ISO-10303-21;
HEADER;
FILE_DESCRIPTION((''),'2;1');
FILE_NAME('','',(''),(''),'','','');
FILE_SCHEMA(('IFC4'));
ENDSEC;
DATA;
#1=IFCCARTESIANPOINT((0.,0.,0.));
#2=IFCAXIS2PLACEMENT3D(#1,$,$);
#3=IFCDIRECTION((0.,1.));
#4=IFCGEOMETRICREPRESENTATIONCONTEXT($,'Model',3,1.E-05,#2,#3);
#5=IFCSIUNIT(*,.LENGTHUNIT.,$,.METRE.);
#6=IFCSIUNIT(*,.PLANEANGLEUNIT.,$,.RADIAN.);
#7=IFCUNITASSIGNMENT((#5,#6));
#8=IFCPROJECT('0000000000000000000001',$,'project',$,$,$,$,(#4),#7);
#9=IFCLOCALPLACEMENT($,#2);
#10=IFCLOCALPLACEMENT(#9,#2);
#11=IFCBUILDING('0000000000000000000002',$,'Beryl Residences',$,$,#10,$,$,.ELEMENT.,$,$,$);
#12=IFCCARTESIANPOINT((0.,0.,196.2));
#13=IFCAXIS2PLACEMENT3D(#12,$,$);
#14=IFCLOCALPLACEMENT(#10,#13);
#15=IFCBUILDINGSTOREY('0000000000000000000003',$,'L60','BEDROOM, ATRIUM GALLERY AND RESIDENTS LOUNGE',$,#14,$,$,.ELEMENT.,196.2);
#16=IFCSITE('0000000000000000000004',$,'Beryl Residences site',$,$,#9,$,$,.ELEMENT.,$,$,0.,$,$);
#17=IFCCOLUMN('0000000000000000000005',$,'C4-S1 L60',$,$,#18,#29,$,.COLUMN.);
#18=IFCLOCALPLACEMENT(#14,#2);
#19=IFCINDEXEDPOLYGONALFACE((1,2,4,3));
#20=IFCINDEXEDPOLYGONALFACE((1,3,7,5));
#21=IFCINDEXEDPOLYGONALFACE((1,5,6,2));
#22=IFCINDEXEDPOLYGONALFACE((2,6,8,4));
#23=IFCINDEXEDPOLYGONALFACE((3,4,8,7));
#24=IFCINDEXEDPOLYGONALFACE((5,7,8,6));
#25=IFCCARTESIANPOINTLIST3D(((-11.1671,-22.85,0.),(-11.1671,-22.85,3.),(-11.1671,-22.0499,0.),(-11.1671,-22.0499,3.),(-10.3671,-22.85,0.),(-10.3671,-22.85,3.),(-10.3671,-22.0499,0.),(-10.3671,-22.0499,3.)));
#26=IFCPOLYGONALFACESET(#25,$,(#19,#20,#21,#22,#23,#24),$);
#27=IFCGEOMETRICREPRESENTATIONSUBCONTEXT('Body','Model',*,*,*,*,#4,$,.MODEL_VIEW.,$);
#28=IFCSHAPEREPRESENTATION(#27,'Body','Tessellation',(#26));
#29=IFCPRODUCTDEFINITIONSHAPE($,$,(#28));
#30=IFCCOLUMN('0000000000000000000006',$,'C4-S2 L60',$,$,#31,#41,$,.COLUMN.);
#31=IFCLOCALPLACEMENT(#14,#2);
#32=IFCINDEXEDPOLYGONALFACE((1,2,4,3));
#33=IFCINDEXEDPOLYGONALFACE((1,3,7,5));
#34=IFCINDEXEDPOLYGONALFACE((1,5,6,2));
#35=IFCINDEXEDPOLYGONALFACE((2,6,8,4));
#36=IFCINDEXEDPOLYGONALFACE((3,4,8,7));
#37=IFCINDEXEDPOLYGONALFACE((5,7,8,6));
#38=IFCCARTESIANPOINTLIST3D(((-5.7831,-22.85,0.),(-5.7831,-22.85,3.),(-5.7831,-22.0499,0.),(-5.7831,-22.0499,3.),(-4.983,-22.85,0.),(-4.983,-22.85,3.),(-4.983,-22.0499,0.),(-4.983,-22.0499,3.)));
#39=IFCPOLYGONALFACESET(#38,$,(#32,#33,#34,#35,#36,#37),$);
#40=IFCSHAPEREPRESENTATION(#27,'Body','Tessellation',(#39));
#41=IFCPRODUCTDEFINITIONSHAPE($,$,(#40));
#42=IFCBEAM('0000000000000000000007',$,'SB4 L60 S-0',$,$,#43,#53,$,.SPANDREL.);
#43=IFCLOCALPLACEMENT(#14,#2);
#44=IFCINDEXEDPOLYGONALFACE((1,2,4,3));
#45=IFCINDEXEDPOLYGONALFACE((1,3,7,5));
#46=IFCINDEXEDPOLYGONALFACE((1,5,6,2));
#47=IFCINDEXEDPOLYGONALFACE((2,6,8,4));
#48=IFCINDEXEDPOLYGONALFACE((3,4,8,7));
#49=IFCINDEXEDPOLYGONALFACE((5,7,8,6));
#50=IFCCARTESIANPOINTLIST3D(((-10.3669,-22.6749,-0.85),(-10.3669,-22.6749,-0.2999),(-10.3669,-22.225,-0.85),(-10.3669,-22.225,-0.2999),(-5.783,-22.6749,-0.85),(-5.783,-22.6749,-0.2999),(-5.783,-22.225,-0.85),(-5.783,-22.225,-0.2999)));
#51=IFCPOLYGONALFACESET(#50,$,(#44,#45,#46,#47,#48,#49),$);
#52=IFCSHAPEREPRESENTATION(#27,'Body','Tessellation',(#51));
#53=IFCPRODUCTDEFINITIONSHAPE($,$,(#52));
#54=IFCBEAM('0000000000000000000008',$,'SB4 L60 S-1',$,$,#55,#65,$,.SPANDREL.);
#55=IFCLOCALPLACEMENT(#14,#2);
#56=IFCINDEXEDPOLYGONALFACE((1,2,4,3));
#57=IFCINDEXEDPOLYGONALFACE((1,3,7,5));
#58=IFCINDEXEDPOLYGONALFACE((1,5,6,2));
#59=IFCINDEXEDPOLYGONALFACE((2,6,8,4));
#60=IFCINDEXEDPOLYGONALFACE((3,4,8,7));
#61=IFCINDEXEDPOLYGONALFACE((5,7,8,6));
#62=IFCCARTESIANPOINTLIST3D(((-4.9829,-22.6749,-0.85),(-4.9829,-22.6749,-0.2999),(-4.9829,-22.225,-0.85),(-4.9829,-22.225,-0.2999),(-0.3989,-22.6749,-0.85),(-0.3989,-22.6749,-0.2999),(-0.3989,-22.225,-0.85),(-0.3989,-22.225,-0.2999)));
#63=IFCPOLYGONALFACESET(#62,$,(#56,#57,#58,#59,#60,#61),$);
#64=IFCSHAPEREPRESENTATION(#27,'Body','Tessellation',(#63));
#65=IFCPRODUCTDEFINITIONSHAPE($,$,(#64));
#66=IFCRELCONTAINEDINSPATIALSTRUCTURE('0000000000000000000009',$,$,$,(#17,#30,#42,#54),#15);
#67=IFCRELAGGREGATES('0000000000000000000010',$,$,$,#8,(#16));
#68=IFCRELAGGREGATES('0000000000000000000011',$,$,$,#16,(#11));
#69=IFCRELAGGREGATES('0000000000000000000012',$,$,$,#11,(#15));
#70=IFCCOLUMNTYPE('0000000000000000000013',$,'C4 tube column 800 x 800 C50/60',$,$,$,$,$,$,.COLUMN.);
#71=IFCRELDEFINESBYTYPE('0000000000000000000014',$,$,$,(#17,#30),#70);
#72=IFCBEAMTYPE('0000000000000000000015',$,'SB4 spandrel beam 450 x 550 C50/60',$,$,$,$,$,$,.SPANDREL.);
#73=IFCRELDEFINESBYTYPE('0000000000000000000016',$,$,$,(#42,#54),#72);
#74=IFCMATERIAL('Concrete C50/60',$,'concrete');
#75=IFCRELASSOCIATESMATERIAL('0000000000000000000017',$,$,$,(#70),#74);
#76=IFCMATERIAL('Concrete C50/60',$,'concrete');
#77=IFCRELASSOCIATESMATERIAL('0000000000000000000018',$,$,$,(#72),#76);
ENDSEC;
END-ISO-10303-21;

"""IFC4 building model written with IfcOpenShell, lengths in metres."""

from ifc_helpers import new_model, si_unit, direction, frame, origin, origin_2d, place, context, subcontext, project, spatial, rectangle, extrude, material, material_profile, profile_set, type_object, element, save


model = new_model("IFC4")

# Units and contexts
model_context = context("Model", 3, precision=1e-05, world=origin(), true_north=direction((0.0, 1.0)))
body_context = subcontext(model_context, "Body", "Model", "MODEL_VIEW")
ifc_project = project(units=[si_unit("LENGTHUNIT", "METRE"), si_unit("PLANEANGLEUNIT", "RADIAN")], contexts=[model_context])

# Site, building, storey
site_placement = place(None, origin())
site = spatial("IfcSite", under=ifc_project, at=site_placement, Name="Beryl Residences site", CompositionType="ELEMENT", RefElevation=0.0)
building_placement = place(site_placement, origin())
building = spatial("IfcBuilding", under=site, at=building_placement, Name="Beryl Residences", CompositionType="ELEMENT")
storey_placement = place(building_placement, frame((0.0, 0.0, 196.2)))
storey = spatial("IfcBuildingStorey", under=building, at=storey_placement, Name="L60", Description="BEDROOM, ATRIUM GALLERY AND RESIDENTS LOUNGE", CompositionType="ELEMENT", Elevation=196.2)

# Columns
ifc_material_1 = material(Name="Concrete C50/60", Category="concrete")
ifc_material_profile_1 = material_profile(ifc_material_1, rectangle(XDim=0.8, YDim=0.8, at=origin_2d()))
ifc_profile_set_1 = profile_set([ifc_material_profile_1], Name="Concrete C50/60")
column_type = type_object("IfcColumnType", Name="C4 tube column 800 x 800 C50/60", PredefinedType="COLUMN", material=ifc_profile_set_1)
for number, where, z_axis, x_axis, name in (
    (1, (-10.7671, -22.45, 0.0), (0.0, 0.0, 1.0), (1.0, 0.0, 0.0), "C4-S1 L60"),
    (2, (-5.3831, -22.45, 0.0), (0.0, 0.0, 1.0), (1.0, 0.0, 0.0), "C4-S2 L60"),
):
    element("IfcColumn", number, at=place(storey_placement, frame(where, z_axis=z_axis, x_axis=x_axis)), inside=storey, type_object=column_type, Name=name, PredefinedType="COLUMN", context=body_context, shape_type="SweptSolid", body=[
        extrude(rectangle(XDim=0.8, YDim=0.8, at=origin_2d()), origin(), (0.0, 0.0, 1.0), 3.0),
    ])

# Beams
ifc_material_2 = material(Name="Concrete C50/60", Category="concrete")
ifc_material_profile_2 = material_profile(ifc_material_2, rectangle(XDim=0.45, YDim=0.55, at=origin_2d()))
ifc_profile_set_2 = profile_set([ifc_material_profile_2], Name="Concrete C50/60")
beam_type = type_object("IfcBeamType", Name="SB4 spandrel beam 450 x 550 C50/60", PredefinedType="SPANDREL", material=ifc_profile_set_2)
for number, where, z_axis, x_axis, name in (
    (3, (-10.3669, -22.45, -0.575), (1.0, 0.0, 0.0), (0.0, 1.0, 0.0), "SB4 L60 S-0"),
    (4, (-4.9829, -22.45, -0.575), (1.0, 0.0, 0.0), (0.0, 1.0, 0.0), "SB4 L60 S-1"),
):
    element("IfcBeam", number, at=place(storey_placement, frame(where, z_axis=z_axis, x_axis=x_axis)), inside=storey, type_object=beam_type, Name=name, PredefinedType="SPANDREL", context=body_context, shape_type="SweptSolid", body=[
        extrude(rectangle(XDim=0.45, YDim=0.55, at=origin_2d()), origin(), (0.0, 0.0, 1.0), 4.584),
    ])

save(model, "model.ifc")
